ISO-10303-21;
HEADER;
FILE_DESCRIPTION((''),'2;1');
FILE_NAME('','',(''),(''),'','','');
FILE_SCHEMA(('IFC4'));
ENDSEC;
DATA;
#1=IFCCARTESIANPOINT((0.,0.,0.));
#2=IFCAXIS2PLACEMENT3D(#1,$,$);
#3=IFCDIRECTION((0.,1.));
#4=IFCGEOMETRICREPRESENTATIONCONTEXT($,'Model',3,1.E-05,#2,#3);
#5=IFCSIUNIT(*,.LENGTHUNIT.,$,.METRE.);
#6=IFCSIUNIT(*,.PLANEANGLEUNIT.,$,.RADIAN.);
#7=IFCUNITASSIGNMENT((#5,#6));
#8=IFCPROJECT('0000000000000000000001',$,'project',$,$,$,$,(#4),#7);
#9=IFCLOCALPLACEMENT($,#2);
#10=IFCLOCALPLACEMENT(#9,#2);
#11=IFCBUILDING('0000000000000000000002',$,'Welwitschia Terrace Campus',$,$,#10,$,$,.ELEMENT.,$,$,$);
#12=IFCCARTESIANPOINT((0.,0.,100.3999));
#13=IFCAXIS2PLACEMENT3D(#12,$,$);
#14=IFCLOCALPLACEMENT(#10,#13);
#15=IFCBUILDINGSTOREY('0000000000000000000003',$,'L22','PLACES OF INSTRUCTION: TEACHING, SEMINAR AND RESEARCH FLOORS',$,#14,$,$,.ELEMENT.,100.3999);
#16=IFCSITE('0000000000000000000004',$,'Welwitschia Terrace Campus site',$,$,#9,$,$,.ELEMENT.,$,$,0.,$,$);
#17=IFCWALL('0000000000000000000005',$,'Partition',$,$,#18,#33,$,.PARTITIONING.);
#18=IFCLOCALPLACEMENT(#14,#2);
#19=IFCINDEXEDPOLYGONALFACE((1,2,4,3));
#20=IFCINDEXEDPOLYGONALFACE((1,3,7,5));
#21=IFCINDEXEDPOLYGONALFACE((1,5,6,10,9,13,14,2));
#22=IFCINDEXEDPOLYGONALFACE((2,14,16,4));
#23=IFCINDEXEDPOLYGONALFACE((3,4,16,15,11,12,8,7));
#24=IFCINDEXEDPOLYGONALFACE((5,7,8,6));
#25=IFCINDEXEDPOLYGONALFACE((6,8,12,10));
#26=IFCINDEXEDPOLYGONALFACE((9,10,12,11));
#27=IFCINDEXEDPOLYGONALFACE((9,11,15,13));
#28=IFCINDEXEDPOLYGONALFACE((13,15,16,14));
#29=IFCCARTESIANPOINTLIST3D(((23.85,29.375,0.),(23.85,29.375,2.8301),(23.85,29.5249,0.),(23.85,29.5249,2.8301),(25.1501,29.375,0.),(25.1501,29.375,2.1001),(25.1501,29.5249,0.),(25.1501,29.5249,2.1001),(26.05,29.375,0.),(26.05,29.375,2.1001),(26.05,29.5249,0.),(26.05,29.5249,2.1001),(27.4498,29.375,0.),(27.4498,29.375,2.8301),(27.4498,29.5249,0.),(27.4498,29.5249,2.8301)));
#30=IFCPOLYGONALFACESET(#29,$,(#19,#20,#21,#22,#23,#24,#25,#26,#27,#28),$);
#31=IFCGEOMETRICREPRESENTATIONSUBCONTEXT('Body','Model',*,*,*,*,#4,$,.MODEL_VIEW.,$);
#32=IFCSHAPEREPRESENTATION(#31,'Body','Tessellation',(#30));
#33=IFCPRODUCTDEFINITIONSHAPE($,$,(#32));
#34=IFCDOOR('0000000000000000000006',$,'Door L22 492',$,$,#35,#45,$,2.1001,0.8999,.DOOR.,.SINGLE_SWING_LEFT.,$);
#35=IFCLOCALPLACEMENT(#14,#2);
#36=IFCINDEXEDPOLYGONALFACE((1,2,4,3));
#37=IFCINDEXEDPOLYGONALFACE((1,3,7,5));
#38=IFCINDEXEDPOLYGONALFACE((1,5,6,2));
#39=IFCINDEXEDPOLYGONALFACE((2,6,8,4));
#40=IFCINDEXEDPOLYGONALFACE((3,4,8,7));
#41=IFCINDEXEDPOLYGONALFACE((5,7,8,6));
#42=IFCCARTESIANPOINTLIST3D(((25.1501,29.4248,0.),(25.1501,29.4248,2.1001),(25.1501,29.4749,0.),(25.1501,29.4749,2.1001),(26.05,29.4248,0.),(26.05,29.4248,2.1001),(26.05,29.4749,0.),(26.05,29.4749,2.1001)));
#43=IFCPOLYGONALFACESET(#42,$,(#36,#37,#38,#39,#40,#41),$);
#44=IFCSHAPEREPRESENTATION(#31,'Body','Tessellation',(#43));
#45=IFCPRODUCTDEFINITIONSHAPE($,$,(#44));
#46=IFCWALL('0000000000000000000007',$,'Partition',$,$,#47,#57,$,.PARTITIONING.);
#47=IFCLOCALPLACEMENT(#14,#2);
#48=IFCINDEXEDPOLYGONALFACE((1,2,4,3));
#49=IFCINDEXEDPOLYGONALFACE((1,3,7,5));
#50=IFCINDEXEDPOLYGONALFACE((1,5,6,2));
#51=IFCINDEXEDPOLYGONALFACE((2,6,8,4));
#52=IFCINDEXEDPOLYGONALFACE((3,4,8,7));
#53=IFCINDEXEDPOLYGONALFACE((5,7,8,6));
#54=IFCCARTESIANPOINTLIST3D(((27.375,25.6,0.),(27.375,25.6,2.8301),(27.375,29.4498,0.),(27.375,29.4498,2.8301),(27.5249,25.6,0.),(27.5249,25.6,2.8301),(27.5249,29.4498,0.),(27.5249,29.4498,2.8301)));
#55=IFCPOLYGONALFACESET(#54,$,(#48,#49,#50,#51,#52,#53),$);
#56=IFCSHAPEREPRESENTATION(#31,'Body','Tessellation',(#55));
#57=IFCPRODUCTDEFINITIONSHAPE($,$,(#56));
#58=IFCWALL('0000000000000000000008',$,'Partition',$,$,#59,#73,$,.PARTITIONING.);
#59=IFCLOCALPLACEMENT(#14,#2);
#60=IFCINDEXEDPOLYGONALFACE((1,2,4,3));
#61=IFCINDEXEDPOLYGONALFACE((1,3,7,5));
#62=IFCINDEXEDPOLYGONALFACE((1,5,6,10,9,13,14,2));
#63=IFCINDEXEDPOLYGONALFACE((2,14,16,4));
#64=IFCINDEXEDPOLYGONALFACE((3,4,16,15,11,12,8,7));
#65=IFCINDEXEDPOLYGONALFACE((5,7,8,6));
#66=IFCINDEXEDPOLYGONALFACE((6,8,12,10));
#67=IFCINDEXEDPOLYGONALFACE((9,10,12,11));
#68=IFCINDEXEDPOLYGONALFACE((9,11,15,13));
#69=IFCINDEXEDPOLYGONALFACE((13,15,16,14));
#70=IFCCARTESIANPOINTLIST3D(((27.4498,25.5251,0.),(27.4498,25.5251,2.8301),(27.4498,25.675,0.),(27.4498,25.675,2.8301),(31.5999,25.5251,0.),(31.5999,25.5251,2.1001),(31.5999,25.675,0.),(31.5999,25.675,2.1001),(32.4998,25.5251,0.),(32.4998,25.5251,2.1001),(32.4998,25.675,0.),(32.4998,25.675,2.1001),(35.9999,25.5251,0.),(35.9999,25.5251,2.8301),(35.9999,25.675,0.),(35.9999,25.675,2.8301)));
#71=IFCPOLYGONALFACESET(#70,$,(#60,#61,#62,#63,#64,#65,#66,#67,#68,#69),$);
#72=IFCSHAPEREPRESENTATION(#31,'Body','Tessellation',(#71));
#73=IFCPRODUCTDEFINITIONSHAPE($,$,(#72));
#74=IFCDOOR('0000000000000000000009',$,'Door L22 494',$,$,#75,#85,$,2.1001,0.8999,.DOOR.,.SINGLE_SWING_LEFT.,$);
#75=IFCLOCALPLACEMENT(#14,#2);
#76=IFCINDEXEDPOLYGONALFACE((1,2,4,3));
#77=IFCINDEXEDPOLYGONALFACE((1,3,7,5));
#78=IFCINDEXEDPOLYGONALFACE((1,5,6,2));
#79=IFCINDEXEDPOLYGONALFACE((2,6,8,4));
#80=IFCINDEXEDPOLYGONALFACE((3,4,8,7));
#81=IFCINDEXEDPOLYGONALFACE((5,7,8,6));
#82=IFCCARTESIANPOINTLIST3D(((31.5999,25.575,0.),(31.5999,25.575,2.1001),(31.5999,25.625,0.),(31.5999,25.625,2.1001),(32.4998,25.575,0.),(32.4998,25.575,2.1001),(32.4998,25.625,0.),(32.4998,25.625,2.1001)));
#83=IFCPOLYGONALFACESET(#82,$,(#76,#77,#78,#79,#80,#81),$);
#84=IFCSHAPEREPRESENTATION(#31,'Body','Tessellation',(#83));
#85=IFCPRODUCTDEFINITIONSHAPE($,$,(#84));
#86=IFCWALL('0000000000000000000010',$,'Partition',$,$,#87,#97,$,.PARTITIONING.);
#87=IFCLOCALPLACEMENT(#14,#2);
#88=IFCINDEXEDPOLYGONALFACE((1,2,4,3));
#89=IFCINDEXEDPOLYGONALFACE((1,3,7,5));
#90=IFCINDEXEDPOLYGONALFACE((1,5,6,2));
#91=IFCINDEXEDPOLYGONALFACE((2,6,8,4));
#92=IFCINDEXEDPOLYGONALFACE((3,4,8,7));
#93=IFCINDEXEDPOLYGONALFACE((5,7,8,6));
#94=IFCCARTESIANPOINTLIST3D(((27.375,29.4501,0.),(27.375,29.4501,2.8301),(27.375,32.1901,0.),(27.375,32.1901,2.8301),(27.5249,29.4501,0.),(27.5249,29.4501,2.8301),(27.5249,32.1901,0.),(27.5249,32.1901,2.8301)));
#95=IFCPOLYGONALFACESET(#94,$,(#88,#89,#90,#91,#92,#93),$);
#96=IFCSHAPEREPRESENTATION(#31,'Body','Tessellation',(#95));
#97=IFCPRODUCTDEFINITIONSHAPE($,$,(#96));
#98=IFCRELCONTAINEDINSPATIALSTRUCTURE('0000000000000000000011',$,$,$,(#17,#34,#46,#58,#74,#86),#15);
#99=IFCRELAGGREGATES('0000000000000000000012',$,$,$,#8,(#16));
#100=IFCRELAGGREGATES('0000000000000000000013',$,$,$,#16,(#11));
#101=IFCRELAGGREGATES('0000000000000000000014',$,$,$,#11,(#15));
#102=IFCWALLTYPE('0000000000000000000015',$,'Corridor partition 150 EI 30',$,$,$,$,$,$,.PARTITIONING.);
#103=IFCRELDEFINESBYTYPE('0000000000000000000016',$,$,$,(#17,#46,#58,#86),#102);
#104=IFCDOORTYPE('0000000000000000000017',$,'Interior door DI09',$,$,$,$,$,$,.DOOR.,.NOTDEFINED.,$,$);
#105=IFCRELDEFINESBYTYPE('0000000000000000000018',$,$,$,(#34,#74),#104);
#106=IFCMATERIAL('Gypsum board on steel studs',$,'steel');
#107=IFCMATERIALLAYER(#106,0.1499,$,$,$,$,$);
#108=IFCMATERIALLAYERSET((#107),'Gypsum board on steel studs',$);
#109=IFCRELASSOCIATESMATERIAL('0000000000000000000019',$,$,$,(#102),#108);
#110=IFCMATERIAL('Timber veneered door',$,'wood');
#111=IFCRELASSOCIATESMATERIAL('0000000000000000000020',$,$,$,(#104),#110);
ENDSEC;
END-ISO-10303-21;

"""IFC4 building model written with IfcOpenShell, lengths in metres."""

from ifc_helpers import new_model, si_unit, direction, frame, frame_2d, origin, place, context, subcontext, project, spatial, rectangle, extrude, material, layer, layer_set, type_object, element, fill, save


model = new_model("IFC4")

# Units and contexts
model_context = context("Model", 3, precision=1e-05, world=origin(), true_north=direction((0.0, 1.0)))
body_context = subcontext(model_context, "Body", "Model", "MODEL_VIEW")
ifc_project = project(units=[si_unit("LENGTHUNIT", "METRE"), si_unit("PLANEANGLEUNIT", "RADIAN")], contexts=[model_context])

# Site, building, storey
site_placement = place(None, origin())
site = spatial("IfcSite", under=ifc_project, at=site_placement, Name="Welwitschia Terrace Campus site", CompositionType="ELEMENT", RefElevation=0.0)
building_placement = place(site_placement, origin())
building = spatial("IfcBuilding", under=site, at=building_placement, Name="Welwitschia Terrace Campus", CompositionType="ELEMENT")
storey_placement = place(building_placement, frame((0.0, 0.0, 100.3999)))
storey = spatial("IfcBuildingStorey", under=building, at=storey_placement, Name="L22", Description="PLACES OF INSTRUCTION: TEACHING, SEMINAR AND RESEARCH FLOORS", CompositionType="ELEMENT", Elevation=100.3999)

# Shared definitions
ifc_material_1 = material(Name="Gypsum board on steel studs", Category="steel")
ifc_layer_1 = layer(ifc_material_1, 0.1499)
ifc_layer_set_1 = layer_set([ifc_layer_1], Name="Gypsum board on steel studs")
wall_type_1 = type_object("IfcWallType", Name="Corridor partition 150 EI 30", PredefinedType="PARTITIONING", material=ifc_layer_set_1)

# Shared definitions
ifc_material_2 = material(Name="Timber veneered door", Category="wood")
door_type_1 = type_object("IfcDoorType", Name="Interior door DI09", OperationType="NOTDEFINED", PredefinedType="DOOR", material=ifc_material_2)

# Wall, opening, door
wall_1_placement = place(storey_placement, frame((23.8501, 29.45, 0.0), z_axis=(0.0, 0.0, 1.0), x_axis=(1.0, 0.0, 0.0)))
wall_1 = element("IfcWall", 1, at=wall_1_placement, inside=storey, type_object=wall_type_1, Name="Partition", PredefinedType="PARTITIONING", context=body_context, shape_type="SweptSolid", body=[
    extrude(rectangle(XDim=3.5999, YDim=0.1499, at=frame_2d((1.7998, 0.0))), origin(), (0.0, 0.0, 1.0), 2.8301),
])
opening_1_placement = place(wall_1_placement, frame((1.3, 0.0, 0.0)))
opening_1 = element("IfcOpeningElement", 2, at=opening_1_placement, cuts=wall_1, PredefinedType="OPENING", context=body_context, shape_type="SweptSolid", body=[
    extrude(rectangle(XDim=0.8999, YDim=2.1001, at=frame_2d((0.45, 1.05))), frame((0.0, 0.085, 0.0), z_axis=(0.0, -1.0, 0.0), x_axis=(1.0, 0.0, 0.0)), (0.0, 0.0, 1.0), 0.1699),
])
door_1_placement = place(opening_1_placement, origin())
door_1 = element("IfcDoor", 3, at=door_1_placement, inside=storey, type_object=door_type_1, Name="Door L22 492", OperationType="SINGLE_SWING_LEFT", OverallHeight=2.1001, OverallWidth=0.8999, PredefinedType="DOOR", context=body_context, shape_type="SweptSolid", body=[
    extrude(rectangle(XDim=0.8999, YDim=2.1001, at=frame_2d((0.45, 1.05))), frame((0.0, 0.0249, 0.0), z_axis=(0.0, -1.0, 0.0), x_axis=(1.0, 0.0, 0.0)), (0.0, 0.0, 1.0), 0.05),
])
fill(opening_1, door_1)

# Wall
wall_2_placement = place(storey_placement, frame((27.45, 25.6001, 0.0), z_axis=(0.0, 0.0, 1.0), x_axis=(0.0, 1.0, 0.0)))
element("IfcWall", 4, at=wall_2_placement, inside=storey, type_object=wall_type_1, Name="Partition", PredefinedType="PARTITIONING", context=body_context, shape_type="SweptSolid", body=[
    extrude(rectangle(XDim=3.8499, YDim=0.1499, at=frame_2d((1.9248, 0.0))), origin(), (0.0, 0.0, 1.0), 2.8301),
])

# Wall, opening, door
wall_3_placement = place(storey_placement, frame((27.45, 25.6001, 0.0), z_axis=(0.0, 0.0, 1.0), x_axis=(1.0, 0.0, 0.0)))
wall_3 = element("IfcWall", 5, at=wall_3_placement, inside=storey, type_object=wall_type_1, Name="Partition", PredefinedType="PARTITIONING", context=body_context, shape_type="SweptSolid", body=[
    extrude(rectangle(XDim=8.55, YDim=0.1499, at=frame_2d((4.2749, 0.0))), origin(), (0.0, 0.0, 1.0), 2.8301),
])
opening_2_placement = place(wall_3_placement, frame((4.1499, 0.0, 0.0)))
opening_2 = element("IfcOpeningElement", 6, at=opening_2_placement, cuts=wall_3, PredefinedType="OPENING", context=body_context, shape_type="SweptSolid", body=[
    extrude(rectangle(XDim=0.8999, YDim=2.1001, at=frame_2d((0.45, 1.05))), frame((0.0, 0.085, 0.0), z_axis=(0.0, -1.0, 0.0), x_axis=(1.0, 0.0, 0.0)), (0.0, 0.0, 1.0), 0.1699),
])
door_2_placement = place(opening_2_placement, origin())
door_2 = element("IfcDoor", 7, at=door_2_placement, inside=storey, type_object=door_type_1, Name="Door L22 494", OperationType="SINGLE_SWING_LEFT", OverallHeight=2.1001, OverallWidth=0.8999, PredefinedType="DOOR", context=body_context, shape_type="SweptSolid", body=[
    extrude(rectangle(XDim=0.8999, YDim=2.1001, at=frame_2d((0.45, 1.05))), frame((0.0, 0.0249, 0.0), z_axis=(0.0, -1.0, 0.0), x_axis=(1.0, 0.0, 0.0)), (0.0, 0.0, 1.0), 0.05),
])
fill(opening_2, door_2)

# Wall
wall_4_placement = place(storey_placement, frame((27.45, 29.45, 0.0), z_axis=(0.0, 0.0, 1.0), x_axis=(0.0, 1.0, 0.0)))
element("IfcWall", 8, at=wall_4_placement, inside=storey, type_object=wall_type_1, Name="Partition", PredefinedType="PARTITIONING", context=body_context, shape_type="SweptSolid", body=[
    extrude(rectangle(XDim=2.74, YDim=0.1499, at=frame_2d((1.3701, 0.0))), origin(), (0.0, 0.0, 1.0), 2.8301),
])

save(model, "model.ifc")
